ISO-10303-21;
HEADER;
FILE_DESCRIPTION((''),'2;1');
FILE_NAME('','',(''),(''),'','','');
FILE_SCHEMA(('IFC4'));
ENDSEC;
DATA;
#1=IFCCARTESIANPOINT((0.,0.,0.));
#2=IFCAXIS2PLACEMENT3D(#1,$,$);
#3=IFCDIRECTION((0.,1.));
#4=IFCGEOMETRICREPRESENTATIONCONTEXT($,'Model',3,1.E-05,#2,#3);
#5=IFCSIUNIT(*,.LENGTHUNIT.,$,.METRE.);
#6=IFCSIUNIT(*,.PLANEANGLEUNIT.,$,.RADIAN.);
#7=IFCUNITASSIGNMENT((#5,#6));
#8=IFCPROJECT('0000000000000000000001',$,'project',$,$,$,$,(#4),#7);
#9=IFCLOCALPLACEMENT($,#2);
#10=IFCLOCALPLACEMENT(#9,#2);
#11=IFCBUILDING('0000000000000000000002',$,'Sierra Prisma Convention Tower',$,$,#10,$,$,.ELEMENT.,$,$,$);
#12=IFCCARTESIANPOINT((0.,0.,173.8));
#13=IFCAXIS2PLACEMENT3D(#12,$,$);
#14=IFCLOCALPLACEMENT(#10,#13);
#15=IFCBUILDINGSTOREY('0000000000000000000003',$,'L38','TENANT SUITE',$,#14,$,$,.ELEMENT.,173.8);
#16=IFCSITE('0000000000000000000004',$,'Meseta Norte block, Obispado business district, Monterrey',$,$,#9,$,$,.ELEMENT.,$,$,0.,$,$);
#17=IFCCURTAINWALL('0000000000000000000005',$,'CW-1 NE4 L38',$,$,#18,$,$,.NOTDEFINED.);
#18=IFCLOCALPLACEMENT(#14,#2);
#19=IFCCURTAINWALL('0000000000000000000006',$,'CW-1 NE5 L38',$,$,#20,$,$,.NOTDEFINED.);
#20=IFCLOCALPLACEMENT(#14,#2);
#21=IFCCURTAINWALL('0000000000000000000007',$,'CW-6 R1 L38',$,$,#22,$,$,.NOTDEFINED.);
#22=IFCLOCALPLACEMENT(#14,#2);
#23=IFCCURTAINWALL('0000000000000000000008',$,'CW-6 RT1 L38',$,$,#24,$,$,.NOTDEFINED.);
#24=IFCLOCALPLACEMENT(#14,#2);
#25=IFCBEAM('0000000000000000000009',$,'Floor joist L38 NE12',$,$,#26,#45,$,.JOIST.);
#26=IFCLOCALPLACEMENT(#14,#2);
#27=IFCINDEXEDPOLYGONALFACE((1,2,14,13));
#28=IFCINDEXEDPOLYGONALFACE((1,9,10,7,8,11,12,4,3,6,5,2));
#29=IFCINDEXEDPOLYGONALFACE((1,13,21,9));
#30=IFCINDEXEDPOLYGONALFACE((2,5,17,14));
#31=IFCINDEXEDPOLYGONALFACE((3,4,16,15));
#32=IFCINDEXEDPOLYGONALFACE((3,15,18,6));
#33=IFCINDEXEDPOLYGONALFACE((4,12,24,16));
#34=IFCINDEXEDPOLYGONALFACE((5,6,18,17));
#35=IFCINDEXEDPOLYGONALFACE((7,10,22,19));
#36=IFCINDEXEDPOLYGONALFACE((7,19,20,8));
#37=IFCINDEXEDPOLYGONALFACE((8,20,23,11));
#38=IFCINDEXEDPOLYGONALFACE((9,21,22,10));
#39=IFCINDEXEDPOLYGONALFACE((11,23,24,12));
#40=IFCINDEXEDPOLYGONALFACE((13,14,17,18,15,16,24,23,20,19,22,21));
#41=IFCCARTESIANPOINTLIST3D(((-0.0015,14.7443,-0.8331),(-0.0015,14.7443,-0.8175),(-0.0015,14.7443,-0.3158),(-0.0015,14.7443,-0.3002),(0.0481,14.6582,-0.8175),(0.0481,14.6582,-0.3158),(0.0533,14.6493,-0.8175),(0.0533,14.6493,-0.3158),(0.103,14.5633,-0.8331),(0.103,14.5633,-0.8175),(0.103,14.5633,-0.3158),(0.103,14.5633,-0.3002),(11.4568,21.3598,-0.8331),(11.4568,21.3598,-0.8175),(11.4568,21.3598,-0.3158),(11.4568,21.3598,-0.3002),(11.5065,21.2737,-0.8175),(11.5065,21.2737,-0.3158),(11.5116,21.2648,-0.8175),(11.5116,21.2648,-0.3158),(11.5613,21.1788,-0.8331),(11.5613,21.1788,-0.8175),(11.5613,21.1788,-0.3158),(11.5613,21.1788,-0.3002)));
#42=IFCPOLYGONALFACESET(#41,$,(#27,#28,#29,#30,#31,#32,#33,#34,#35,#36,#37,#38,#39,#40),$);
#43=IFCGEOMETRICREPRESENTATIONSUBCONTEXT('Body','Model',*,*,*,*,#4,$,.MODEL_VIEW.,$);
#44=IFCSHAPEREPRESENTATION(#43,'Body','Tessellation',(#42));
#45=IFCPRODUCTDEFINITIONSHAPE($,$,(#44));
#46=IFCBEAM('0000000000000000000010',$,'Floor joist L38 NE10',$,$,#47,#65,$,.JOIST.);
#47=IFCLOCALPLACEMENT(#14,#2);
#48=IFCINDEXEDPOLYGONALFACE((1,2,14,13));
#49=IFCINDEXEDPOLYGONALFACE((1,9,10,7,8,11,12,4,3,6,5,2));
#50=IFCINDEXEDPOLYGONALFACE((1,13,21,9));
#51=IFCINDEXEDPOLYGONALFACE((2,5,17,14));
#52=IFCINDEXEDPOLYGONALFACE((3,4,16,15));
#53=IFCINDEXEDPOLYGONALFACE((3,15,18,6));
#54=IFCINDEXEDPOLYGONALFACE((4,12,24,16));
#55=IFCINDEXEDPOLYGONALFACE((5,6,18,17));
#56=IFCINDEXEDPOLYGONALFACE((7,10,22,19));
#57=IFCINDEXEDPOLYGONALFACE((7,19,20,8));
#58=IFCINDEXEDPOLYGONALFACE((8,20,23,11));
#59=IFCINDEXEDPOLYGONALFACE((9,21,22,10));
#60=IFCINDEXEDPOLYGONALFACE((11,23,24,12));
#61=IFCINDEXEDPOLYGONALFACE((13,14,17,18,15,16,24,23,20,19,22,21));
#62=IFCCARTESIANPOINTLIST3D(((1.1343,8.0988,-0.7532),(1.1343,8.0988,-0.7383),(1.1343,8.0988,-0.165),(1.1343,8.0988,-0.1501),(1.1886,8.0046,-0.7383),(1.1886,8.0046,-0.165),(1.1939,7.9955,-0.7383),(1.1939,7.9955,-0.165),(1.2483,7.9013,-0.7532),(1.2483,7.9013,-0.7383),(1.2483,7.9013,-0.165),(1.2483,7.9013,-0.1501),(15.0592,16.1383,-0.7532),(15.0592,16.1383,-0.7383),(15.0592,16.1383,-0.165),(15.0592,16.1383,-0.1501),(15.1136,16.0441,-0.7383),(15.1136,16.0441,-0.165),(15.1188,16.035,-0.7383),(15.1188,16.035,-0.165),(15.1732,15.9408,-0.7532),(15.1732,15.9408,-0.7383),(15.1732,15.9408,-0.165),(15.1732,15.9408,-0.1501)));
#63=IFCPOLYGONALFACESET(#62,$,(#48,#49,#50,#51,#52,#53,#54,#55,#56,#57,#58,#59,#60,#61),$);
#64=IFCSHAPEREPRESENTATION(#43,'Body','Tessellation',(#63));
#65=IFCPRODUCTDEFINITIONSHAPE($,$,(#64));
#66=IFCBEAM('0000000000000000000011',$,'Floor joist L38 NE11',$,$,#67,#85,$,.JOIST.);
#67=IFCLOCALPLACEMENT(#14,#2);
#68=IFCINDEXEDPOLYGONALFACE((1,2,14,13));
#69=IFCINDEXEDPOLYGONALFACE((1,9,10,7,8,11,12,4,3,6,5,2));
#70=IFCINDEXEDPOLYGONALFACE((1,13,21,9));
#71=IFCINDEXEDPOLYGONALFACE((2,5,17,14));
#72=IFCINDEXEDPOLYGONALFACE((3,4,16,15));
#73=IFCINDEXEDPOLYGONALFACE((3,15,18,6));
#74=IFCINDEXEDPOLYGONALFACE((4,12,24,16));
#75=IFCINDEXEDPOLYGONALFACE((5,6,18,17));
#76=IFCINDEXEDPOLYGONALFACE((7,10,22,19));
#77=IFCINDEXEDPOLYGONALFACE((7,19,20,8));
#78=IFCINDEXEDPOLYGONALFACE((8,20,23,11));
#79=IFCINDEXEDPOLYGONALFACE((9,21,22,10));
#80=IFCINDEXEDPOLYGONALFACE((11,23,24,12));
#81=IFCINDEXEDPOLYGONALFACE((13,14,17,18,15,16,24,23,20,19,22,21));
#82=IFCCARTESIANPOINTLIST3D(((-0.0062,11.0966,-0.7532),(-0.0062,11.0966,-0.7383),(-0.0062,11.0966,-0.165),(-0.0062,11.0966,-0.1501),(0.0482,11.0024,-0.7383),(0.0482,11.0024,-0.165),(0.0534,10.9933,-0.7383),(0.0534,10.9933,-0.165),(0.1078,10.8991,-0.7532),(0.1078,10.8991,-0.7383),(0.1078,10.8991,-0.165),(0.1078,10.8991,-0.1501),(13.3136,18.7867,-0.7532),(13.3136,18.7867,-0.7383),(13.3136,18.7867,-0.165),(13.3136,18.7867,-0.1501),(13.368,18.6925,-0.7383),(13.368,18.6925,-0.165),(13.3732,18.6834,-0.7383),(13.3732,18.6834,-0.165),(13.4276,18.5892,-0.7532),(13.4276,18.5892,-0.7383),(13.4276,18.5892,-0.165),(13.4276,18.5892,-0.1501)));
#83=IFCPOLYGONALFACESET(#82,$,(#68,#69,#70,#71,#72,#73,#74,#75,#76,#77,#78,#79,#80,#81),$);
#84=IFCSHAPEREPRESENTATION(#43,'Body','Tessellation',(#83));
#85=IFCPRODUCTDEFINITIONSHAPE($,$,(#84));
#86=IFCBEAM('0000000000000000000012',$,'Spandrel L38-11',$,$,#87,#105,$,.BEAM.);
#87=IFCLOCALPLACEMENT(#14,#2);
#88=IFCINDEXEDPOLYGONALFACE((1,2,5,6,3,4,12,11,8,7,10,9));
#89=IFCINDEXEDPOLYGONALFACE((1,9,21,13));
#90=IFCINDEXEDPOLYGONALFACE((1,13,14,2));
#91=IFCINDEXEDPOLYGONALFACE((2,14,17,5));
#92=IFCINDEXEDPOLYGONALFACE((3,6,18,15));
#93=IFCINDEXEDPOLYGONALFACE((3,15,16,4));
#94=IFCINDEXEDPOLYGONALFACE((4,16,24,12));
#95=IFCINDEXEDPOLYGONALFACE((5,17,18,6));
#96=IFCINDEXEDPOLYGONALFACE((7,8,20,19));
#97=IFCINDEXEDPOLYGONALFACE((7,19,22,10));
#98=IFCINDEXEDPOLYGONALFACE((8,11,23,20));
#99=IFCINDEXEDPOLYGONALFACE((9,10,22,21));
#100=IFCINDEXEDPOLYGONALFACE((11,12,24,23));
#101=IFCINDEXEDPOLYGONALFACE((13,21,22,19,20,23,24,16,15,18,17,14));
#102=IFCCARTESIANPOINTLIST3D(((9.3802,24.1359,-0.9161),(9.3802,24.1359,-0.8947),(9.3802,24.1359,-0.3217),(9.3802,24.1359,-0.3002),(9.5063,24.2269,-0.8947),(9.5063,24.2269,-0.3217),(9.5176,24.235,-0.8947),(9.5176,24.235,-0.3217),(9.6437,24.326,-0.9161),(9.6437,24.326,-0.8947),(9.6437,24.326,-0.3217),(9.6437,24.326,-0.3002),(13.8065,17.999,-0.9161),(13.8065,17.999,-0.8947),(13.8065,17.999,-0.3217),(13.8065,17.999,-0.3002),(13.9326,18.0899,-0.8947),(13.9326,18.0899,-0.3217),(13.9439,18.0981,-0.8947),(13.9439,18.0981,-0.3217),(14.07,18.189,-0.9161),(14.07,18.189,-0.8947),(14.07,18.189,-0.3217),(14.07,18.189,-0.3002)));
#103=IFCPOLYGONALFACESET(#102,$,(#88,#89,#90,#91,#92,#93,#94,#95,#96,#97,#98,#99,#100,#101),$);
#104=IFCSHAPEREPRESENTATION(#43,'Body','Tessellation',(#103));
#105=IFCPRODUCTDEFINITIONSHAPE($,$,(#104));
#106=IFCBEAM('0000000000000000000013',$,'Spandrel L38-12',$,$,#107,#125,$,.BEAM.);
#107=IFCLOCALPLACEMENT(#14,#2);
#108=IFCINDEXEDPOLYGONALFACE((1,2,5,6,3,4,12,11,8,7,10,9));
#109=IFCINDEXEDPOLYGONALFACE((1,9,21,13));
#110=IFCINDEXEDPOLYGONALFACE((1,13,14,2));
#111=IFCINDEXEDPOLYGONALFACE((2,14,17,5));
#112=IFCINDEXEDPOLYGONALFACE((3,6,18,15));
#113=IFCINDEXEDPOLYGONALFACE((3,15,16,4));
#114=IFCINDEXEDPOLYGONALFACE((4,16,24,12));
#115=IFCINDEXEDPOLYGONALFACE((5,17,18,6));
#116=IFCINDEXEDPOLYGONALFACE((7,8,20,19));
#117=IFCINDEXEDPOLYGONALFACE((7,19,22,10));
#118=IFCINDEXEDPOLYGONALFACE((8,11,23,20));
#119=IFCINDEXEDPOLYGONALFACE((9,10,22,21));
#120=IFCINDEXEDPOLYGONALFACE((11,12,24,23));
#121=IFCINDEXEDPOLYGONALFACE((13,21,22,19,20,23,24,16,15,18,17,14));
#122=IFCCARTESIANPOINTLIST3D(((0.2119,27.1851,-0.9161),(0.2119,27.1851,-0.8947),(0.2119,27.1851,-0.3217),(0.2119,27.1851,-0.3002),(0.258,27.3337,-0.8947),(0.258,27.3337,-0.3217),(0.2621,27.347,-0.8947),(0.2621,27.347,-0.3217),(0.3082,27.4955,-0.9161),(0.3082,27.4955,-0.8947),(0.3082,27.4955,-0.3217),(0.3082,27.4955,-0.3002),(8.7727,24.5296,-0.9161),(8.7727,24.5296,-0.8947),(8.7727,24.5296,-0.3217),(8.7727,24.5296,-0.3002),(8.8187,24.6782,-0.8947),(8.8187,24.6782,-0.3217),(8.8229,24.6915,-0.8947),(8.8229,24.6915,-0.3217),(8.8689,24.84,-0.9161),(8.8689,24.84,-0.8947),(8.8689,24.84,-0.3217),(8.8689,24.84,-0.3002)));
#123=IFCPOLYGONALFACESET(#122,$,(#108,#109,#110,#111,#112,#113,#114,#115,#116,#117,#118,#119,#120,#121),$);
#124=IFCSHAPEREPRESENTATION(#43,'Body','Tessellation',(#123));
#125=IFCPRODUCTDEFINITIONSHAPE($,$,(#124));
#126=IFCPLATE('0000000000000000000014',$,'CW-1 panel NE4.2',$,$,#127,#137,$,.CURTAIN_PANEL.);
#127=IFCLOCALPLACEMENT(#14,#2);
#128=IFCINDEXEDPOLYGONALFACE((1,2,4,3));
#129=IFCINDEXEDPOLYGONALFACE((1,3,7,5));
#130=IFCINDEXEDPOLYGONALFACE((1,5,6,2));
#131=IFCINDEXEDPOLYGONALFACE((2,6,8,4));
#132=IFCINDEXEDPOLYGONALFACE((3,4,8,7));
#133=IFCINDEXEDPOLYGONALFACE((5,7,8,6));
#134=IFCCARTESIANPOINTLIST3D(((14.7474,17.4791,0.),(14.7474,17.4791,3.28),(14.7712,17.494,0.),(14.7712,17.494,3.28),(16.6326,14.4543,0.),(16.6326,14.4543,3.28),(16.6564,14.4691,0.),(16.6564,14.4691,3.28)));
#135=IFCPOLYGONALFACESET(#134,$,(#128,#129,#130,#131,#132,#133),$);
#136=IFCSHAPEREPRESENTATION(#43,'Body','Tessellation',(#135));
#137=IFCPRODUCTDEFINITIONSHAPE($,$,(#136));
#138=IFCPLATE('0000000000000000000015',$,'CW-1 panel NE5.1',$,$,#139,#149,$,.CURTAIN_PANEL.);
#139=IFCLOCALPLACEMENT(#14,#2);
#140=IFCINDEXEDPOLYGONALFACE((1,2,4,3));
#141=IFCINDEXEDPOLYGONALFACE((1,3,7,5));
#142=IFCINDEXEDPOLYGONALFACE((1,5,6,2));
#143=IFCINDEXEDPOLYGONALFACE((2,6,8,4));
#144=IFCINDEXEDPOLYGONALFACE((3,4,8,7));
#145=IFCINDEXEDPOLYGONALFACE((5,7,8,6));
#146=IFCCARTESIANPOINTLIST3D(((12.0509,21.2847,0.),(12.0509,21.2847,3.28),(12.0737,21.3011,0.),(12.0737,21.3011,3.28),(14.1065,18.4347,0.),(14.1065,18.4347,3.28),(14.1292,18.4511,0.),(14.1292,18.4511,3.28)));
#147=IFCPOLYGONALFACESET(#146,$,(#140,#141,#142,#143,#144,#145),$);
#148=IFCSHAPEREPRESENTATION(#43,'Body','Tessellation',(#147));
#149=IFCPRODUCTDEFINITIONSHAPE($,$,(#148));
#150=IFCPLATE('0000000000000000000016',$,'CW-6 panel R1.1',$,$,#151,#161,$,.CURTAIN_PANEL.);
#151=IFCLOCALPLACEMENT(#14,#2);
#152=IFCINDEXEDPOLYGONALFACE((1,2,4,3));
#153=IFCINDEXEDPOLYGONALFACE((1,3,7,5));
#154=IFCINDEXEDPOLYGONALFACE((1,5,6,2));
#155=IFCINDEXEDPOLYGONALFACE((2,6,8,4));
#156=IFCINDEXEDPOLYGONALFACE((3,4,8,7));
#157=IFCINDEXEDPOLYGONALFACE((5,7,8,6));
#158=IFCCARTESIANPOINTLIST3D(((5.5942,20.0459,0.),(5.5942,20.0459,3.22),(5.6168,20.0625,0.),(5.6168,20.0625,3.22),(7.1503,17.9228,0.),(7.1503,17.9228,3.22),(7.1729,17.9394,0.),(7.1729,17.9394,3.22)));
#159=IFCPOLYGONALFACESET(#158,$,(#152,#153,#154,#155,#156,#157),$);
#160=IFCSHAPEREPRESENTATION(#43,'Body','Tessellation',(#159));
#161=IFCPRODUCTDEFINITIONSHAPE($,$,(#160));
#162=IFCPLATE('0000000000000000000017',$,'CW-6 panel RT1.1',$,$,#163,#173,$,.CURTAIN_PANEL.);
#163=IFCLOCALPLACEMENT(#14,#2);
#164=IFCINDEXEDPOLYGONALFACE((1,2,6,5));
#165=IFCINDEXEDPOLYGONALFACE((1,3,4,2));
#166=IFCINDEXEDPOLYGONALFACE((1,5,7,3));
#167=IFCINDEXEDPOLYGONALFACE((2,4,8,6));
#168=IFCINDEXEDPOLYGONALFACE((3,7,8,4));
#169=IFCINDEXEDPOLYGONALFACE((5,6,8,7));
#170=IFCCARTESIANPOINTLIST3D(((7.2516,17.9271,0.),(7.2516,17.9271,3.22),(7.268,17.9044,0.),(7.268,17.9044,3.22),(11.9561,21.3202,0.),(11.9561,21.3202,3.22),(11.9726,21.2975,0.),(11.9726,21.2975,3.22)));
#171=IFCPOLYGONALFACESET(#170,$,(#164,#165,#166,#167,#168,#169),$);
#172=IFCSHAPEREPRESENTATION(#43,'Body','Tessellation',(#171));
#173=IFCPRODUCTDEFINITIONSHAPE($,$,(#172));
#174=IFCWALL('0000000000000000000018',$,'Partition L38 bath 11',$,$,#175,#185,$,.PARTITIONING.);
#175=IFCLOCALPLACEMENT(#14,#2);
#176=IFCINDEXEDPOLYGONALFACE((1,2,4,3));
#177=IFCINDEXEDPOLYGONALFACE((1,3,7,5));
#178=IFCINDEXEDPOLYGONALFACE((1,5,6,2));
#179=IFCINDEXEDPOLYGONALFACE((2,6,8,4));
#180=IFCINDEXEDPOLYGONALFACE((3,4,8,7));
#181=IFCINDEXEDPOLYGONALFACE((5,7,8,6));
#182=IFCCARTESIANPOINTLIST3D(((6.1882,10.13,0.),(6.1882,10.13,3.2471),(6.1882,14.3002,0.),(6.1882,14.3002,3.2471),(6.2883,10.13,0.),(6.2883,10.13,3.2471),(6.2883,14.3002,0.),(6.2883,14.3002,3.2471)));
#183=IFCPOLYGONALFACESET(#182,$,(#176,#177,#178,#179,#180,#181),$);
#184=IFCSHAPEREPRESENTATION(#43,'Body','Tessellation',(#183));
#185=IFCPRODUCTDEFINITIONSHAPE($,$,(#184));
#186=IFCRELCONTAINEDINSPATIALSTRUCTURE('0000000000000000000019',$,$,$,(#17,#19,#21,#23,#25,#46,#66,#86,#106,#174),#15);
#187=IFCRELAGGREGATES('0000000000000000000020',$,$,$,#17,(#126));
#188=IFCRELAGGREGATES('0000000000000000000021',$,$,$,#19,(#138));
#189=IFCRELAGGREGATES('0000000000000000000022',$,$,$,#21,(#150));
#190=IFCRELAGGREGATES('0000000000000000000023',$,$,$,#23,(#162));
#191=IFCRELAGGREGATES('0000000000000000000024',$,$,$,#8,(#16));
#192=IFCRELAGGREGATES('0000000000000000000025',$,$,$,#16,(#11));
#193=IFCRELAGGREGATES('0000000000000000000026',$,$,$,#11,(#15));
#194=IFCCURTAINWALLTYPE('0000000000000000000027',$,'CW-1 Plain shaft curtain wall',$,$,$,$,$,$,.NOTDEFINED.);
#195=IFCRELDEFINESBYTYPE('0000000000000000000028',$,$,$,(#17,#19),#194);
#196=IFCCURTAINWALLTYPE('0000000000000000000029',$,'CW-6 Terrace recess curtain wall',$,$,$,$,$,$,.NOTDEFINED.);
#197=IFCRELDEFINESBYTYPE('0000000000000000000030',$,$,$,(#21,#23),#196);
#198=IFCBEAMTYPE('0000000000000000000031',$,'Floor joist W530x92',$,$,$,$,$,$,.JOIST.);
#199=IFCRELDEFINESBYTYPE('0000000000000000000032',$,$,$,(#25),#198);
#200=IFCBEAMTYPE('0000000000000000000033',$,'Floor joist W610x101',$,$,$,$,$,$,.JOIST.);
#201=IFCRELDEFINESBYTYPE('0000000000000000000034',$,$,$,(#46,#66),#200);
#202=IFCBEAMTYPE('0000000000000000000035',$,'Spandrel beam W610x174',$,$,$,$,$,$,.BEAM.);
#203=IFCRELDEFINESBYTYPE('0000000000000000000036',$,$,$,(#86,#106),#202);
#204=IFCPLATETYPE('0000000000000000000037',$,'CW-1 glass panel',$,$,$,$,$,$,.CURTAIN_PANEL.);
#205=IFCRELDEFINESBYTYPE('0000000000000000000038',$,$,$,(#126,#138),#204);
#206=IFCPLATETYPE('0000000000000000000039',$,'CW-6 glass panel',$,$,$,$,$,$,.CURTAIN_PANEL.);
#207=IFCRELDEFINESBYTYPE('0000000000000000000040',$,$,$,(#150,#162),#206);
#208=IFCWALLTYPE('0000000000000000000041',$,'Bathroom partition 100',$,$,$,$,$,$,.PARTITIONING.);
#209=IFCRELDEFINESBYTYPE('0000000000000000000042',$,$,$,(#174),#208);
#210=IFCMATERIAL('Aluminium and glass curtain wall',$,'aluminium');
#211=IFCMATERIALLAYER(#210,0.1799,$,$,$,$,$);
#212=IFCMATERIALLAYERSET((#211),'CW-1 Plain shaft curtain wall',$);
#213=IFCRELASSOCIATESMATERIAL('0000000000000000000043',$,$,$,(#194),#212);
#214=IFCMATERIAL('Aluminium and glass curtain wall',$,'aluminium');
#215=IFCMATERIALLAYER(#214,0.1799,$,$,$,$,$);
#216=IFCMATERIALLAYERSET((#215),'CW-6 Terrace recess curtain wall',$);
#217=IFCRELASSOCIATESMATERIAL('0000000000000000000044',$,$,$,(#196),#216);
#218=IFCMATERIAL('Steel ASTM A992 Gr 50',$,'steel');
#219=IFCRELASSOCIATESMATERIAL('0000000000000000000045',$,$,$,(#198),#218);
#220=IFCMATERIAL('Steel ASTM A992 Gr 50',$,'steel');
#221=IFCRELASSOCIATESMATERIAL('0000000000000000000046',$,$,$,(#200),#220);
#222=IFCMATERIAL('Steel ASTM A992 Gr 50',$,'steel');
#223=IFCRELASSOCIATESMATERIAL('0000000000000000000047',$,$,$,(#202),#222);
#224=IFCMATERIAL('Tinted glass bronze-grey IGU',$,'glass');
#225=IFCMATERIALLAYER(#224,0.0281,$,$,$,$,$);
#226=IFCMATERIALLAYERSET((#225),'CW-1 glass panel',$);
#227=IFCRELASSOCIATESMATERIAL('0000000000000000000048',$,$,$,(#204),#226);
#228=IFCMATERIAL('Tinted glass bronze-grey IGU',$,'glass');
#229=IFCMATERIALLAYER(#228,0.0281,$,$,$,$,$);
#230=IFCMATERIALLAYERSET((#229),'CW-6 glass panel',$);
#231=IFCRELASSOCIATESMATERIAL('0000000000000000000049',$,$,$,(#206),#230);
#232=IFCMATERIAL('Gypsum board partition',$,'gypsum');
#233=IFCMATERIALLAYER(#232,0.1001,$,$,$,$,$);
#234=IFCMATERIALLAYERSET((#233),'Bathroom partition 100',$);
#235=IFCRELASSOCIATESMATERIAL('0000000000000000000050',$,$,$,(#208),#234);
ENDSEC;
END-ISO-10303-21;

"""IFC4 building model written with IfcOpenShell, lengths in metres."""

from ifc_helpers import new_model, si_unit, direction, frame, frame_2d, origin, origin_2d, place, context, subcontext, project, spatial, rectangle, i_section, extrude, material, layer, layer_set, material_profile, profile_set, type_object, element, aggregate, save


model = new_model("IFC4")

# Units and contexts
model_context = context("Model", 3, precision=1e-05, world=origin(), true_north=direction((0.0, 1.0)))
body_context = subcontext(model_context, "Body", "Model", "MODEL_VIEW")
ifc_project = project(units=[si_unit("LENGTHUNIT", "METRE"), si_unit("PLANEANGLEUNIT", "RADIAN")], contexts=[model_context])

# Site, building, storey
site_placement = place(None, origin())
site = spatial("IfcSite", under=ifc_project, at=site_placement, Name="Meseta Norte block, Obispado business district, Monterrey", CompositionType="ELEMENT", RefElevation=0.0)
building_placement = place(site_placement, origin())
building = spatial("IfcBuilding", under=site, at=building_placement, Name="Sierra Prisma Convention Tower", CompositionType="ELEMENT")
storey_placement = place(building_placement, frame((0.0, 0.0, 173.8)))
storey = spatial("IfcBuildingStorey", under=building, at=storey_placement, Name="L38", Description="TENANT SUITE", CompositionType="ELEMENT", Elevation=173.8)

# Curtain wall
ifc_material_1 = material(Name="Aluminium and glass curtain wall", Category="aluminium")
ifc_layer_1 = layer(ifc_material_1, 0.1799)
ifc_layer_set_1 = layer_set([ifc_layer_1], Name="CW-1 Plain shaft curtain wall")
curtain_wall_type_1 = type_object("IfcCurtainWallType", Name="CW-1 Plain shaft curtain wall", PredefinedType="NOTDEFINED", material=ifc_layer_set_1)
curtain_wall_1_placement = place(storey_placement, origin())
curtain_wall_1 = element("IfcCurtainWall", 1, at=curtain_wall_1_placement, inside=storey, type_object=curtain_wall_type_1, Name="CW-1 NE4 L38", PredefinedType="NOTDEFINED")

# Curtain walls
curtain_wall_2_placement = place(storey_placement, origin())
curtain_wall_2 = element("IfcCurtainWall", 2, at=curtain_wall_2_placement, inside=storey, type_object=curtain_wall_type_1, Name="CW-1 NE5 L38", PredefinedType="NOTDEFINED")
ifc_material_2 = material(Name="Aluminium and glass curtain wall", Category="aluminium")
ifc_layer_2 = layer(ifc_material_2, 0.1799)
ifc_layer_set_2 = layer_set([ifc_layer_2], Name="CW-6 Terrace recess curtain wall")
curtain_wall_type_2 = type_object("IfcCurtainWallType", Name="CW-6 Terrace recess curtain wall", PredefinedType="NOTDEFINED", material=ifc_layer_set_2)
curtain_wall_3_placement = place(storey_placement, origin())
curtain_wall_3 = element("IfcCurtainWall", 3, at=curtain_wall_3_placement, inside=storey, type_object=curtain_wall_type_2, Name="CW-6 R1 L38", PredefinedType="NOTDEFINED")

# Curtain wall
curtain_wall_4_placement = place(storey_placement, origin())
curtain_wall_4 = element("IfcCurtainWall", 4, at=curtain_wall_4_placement, inside=storey, type_object=curtain_wall_type_2, Name="CW-6 RT1 L38", PredefinedType="NOTDEFINED")

# Beams
ifc_material_3 = material(Name="Steel ASTM A992 Gr 50", Category="steel")
ifc_material_profile_1 = material_profile(ifc_material_3, i_section(OverallWidth=0.209, OverallDepth=0.533, WebThickness=0.0103, FlangeThickness=0.0156, at=origin_2d()), Name="W530x92")
ifc_profile_set_1 = profile_set([ifc_material_profile_1], Name="Steel ASTM A992 Gr 50")
beam_type_1 = type_object("IfcBeamType", Name="Floor joist W530x92", PredefinedType="JOIST", material=ifc_profile_set_1)
beam_1_placement = place(storey_placement, frame((11.509, 21.2693, -0.5667), z_axis=(-0.866024, -0.500003, 0.0), x_axis=(0.500003, -0.866024, 0.0)))
element("IfcBeam", 5, at=beam_1_placement, inside=storey, type_object=beam_type_1, Name="Floor joist L38 NE12", PredefinedType="JOIST", context=body_context, shape_type="SweptSolid", body=[
    extrude(i_section(OverallWidth=0.209, OverallDepth=0.533, WebThickness=0.0103, FlangeThickness=0.0156, at=origin_2d()), origin(), (0.0, 0.0, 1.0), 13.231),
])
ifc_material_4 = material(Name="Steel ASTM A992 Gr 50", Category="steel")
ifc_material_profile_2 = material_profile(ifc_material_4, i_section(OverallWidth=0.228, OverallDepth=0.603, WebThickness=0.0105, FlangeThickness=0.0149, at=origin_2d()), Name="W610x101")
ifc_profile_set_2 = profile_set([ifc_material_profile_2], Name="Steel ASTM A992 Gr 50")
beam_type_2 = type_object("IfcBeamType", Name="Floor joist W610x101", PredefinedType="JOIST", material=ifc_profile_set_2)
beam_2_placement = place(storey_placement, frame((15.1162, 16.0396, -0.4517), z_axis=(-0.866028, -0.499996, 0.0), x_axis=(0.499996, -0.866028, 0.0)))
element("IfcBeam", 6, at=beam_2_placement, inside=storey, type_object=beam_type_2, Name="Floor joist L38 NE10", PredefinedType="JOIST", context=body_context, shape_type="SweptSolid", body=[
    extrude(i_section(OverallWidth=0.228, OverallDepth=0.603, WebThickness=0.0105, FlangeThickness=0.0149, at=origin_2d()), origin(), (0.0, 0.0, 1.0), 16.0791),
])
beam_3_placement = place(storey_placement, frame((13.3706, 18.688, -0.4517), z_axis=(-0.866026, -0.499999, 0.0), x_axis=(0.499999, -0.866026, 0.0)))
element("IfcBeam", 7, at=beam_3_placement, inside=storey, type_object=beam_type_2, Name="Floor joist L38 NE11", PredefinedType="JOIST", context=body_context, shape_type="SweptSolid", body=[
    extrude(i_section(OverallWidth=0.228, OverallDepth=0.603, WebThickness=0.0105, FlangeThickness=0.0149, at=origin_2d()), origin(), (0.0, 0.0, 1.0), 15.3804),
])
ifc_material_5 = material(Name="Steel ASTM A992 Gr 50", Category="steel")
ifc_material_profile_3 = material_profile(ifc_material_5, i_section(OverallWidth=0.325, OverallDepth=0.616, WebThickness=0.0139, FlangeThickness=0.0215, at=origin_2d()), Name="W610x174")
ifc_profile_set_3 = profile_set([ifc_material_profile_3], Name="Steel ASTM A992 Gr 50")
beam_type_3 = type_object("IfcBeamType", Name="Spandrel beam W610x174", PredefinedType="BEAM", material=ifc_profile_set_3)
beam_4_placement = place(storey_placement, frame((13.9382, 18.094, -0.6082), z_axis=(-0.584971, 0.811054, 0.0), x_axis=(-0.811054, -0.584971, 0.0)))
element("IfcBeam", 8, at=beam_4_placement, inside=storey, type_object=beam_type_3, Name="Spandrel L38-11", PredefinedType="BEAM", context=body_context, shape_type="SweptSolid", body=[
    extrude(i_section(OverallWidth=0.325, OverallDepth=0.616, WebThickness=0.0139, FlangeThickness=0.0215, at=origin_2d()), origin(), (0.0, 0.0, 1.0), 7.5667),
])
beam_5_placement = place(storey_placement, frame((8.8208, 24.6848, -0.6082), z_axis=(-0.955105, 0.296269, 0.0), x_axis=(-0.296269, -0.955105, 0.0)))
element("IfcBeam", 9, at=beam_5_placement, inside=storey, type_object=beam_type_3, Name="Spandrel L38-12", PredefinedType="BEAM", context=body_context, shape_type="SweptSolid", body=[
    extrude(i_section(OverallWidth=0.325, OverallDepth=0.616, WebThickness=0.0139, FlangeThickness=0.0215, at=origin_2d()), origin(), (0.0, 0.0, 1.0), 8.9631),
])

# Plates
ifc_material_6 = material(Name="Tinted glass bronze-grey IGU", Category="glass")
ifc_layer_3 = layer(ifc_material_6, 0.0281)
ifc_layer_set_3 = layer_set([ifc_layer_3], Name="CW-1 glass panel")
plate_type_1 = type_object("IfcPlateType", Name="CW-1 glass panel", PredefinedType="CURTAIN_PANEL", material=ifc_layer_set_3)
plate_1_placement = place(storey_placement, frame((15.7019, 15.9741, 0.0), z_axis=(0.0, 0.0, 1.0), x_axis=(-0.528935, 0.848662, 0.0)))
plate_1 = element("IfcPlate", 10, at=plate_1_placement, type_object=plate_type_1, Name="CW-1 panel NE4.2", PredefinedType="CURTAIN_PANEL", context=body_context, shape_type="SweptSolid", body=[
    extrude(rectangle(XDim=3.5642, YDim=0.0281, at=origin_2d()), origin(), (0.0, 0.0, 1.0), 3.28),
])
aggregate(curtain_wall_1, [plate_1])
plate_2_placement = place(storey_placement, frame((13.0901, 19.8679, 0.0), z_axis=(0.0, 0.0, 1.0), x_axis=(-0.584966, 0.811058, 0.0)))
plate_2 = element("IfcPlate", 11, at=plate_2_placement, type_object=plate_type_1, Name="CW-1 panel NE5.1", PredefinedType="CURTAIN_PANEL", context=body_context, shape_type="SweptSolid", body=[
    extrude(rectangle(XDim=3.5139, YDim=0.0281, at=origin_2d()), origin(), (0.0, 0.0, 1.0), 3.28),
])
aggregate(curtain_wall_2, [plate_2])
ifc_material_7 = material(Name="Tinted glass bronze-grey IGU", Category="glass")
ifc_layer_4 = layer(ifc_material_7, 0.0281)
ifc_layer_set_4 = layer_set([ifc_layer_4], Name="CW-6 glass panel")
plate_type_2 = type_object("IfcPlateType", Name="CW-6 glass panel", PredefinedType="CURTAIN_PANEL", material=ifc_layer_set_4)
plate_3_placement = place(storey_placement, frame((6.3835, 18.9927, 0.0), z_axis=(0.0, 0.0, 1.0), x_axis=(-0.591168, 0.806549, 0.0)))
plate_3 = element("IfcPlate", 12, at=plate_3_placement, type_object=plate_type_2, Name="CW-6 panel R1.1", PredefinedType="CURTAIN_PANEL", context=body_context, shape_type="SweptSolid", body=[
    extrude(rectangle(XDim=2.6323, YDim=0.0281, at=origin_2d()), origin(), (0.0, 0.0, 1.0), 3.22),
])
aggregate(curtain_wall_3, [plate_3])
plate_4_placement = place(storey_placement, frame((9.6121, 19.6123, 0.0), z_axis=(0.0, 0.0, 1.0), x_axis=(-0.811058, -0.584966, 0.0)))
plate_4 = element("IfcPlate", 13, at=plate_4_placement, type_object=plate_type_2, Name="CW-6 panel RT1.1", PredefinedType="CURTAIN_PANEL", context=body_context, shape_type="SweptSolid", body=[
    extrude(rectangle(XDim=5.8005, YDim=0.0281, at=origin_2d()), origin(), (0.0, 0.0, 1.0), 3.22),
])
aggregate(curtain_wall_4, [plate_4])

# Wall
ifc_material_8 = material(Name="Gypsum board partition", Category="gypsum")
ifc_layer_5 = layer(ifc_material_8, 0.1001)
ifc_layer_set_5 = layer_set([ifc_layer_5], Name="Bathroom partition 100")
wall_type = type_object("IfcWallType", Name="Bathroom partition 100", PredefinedType="PARTITIONING", material=ifc_layer_set_5)
wall_placement = place(storey_placement, frame((6.2383, 14.3, 0.0), z_axis=(0.0, 0.0, 1.0), x_axis=(0.0, -1.0, 0.0)))
element("IfcWall", 14, at=wall_placement, inside=storey, type_object=wall_type, Name="Partition L38 bath 11", PredefinedType="PARTITIONING", context=body_context, shape_type="SweptSolid", body=[
    extrude(rectangle(XDim=4.1702, YDim=0.1001, at=frame_2d((2.085, 0.0))), origin(), (0.0, 0.0, 1.0), 3.2471),
])

save(model, "model.ifc")
